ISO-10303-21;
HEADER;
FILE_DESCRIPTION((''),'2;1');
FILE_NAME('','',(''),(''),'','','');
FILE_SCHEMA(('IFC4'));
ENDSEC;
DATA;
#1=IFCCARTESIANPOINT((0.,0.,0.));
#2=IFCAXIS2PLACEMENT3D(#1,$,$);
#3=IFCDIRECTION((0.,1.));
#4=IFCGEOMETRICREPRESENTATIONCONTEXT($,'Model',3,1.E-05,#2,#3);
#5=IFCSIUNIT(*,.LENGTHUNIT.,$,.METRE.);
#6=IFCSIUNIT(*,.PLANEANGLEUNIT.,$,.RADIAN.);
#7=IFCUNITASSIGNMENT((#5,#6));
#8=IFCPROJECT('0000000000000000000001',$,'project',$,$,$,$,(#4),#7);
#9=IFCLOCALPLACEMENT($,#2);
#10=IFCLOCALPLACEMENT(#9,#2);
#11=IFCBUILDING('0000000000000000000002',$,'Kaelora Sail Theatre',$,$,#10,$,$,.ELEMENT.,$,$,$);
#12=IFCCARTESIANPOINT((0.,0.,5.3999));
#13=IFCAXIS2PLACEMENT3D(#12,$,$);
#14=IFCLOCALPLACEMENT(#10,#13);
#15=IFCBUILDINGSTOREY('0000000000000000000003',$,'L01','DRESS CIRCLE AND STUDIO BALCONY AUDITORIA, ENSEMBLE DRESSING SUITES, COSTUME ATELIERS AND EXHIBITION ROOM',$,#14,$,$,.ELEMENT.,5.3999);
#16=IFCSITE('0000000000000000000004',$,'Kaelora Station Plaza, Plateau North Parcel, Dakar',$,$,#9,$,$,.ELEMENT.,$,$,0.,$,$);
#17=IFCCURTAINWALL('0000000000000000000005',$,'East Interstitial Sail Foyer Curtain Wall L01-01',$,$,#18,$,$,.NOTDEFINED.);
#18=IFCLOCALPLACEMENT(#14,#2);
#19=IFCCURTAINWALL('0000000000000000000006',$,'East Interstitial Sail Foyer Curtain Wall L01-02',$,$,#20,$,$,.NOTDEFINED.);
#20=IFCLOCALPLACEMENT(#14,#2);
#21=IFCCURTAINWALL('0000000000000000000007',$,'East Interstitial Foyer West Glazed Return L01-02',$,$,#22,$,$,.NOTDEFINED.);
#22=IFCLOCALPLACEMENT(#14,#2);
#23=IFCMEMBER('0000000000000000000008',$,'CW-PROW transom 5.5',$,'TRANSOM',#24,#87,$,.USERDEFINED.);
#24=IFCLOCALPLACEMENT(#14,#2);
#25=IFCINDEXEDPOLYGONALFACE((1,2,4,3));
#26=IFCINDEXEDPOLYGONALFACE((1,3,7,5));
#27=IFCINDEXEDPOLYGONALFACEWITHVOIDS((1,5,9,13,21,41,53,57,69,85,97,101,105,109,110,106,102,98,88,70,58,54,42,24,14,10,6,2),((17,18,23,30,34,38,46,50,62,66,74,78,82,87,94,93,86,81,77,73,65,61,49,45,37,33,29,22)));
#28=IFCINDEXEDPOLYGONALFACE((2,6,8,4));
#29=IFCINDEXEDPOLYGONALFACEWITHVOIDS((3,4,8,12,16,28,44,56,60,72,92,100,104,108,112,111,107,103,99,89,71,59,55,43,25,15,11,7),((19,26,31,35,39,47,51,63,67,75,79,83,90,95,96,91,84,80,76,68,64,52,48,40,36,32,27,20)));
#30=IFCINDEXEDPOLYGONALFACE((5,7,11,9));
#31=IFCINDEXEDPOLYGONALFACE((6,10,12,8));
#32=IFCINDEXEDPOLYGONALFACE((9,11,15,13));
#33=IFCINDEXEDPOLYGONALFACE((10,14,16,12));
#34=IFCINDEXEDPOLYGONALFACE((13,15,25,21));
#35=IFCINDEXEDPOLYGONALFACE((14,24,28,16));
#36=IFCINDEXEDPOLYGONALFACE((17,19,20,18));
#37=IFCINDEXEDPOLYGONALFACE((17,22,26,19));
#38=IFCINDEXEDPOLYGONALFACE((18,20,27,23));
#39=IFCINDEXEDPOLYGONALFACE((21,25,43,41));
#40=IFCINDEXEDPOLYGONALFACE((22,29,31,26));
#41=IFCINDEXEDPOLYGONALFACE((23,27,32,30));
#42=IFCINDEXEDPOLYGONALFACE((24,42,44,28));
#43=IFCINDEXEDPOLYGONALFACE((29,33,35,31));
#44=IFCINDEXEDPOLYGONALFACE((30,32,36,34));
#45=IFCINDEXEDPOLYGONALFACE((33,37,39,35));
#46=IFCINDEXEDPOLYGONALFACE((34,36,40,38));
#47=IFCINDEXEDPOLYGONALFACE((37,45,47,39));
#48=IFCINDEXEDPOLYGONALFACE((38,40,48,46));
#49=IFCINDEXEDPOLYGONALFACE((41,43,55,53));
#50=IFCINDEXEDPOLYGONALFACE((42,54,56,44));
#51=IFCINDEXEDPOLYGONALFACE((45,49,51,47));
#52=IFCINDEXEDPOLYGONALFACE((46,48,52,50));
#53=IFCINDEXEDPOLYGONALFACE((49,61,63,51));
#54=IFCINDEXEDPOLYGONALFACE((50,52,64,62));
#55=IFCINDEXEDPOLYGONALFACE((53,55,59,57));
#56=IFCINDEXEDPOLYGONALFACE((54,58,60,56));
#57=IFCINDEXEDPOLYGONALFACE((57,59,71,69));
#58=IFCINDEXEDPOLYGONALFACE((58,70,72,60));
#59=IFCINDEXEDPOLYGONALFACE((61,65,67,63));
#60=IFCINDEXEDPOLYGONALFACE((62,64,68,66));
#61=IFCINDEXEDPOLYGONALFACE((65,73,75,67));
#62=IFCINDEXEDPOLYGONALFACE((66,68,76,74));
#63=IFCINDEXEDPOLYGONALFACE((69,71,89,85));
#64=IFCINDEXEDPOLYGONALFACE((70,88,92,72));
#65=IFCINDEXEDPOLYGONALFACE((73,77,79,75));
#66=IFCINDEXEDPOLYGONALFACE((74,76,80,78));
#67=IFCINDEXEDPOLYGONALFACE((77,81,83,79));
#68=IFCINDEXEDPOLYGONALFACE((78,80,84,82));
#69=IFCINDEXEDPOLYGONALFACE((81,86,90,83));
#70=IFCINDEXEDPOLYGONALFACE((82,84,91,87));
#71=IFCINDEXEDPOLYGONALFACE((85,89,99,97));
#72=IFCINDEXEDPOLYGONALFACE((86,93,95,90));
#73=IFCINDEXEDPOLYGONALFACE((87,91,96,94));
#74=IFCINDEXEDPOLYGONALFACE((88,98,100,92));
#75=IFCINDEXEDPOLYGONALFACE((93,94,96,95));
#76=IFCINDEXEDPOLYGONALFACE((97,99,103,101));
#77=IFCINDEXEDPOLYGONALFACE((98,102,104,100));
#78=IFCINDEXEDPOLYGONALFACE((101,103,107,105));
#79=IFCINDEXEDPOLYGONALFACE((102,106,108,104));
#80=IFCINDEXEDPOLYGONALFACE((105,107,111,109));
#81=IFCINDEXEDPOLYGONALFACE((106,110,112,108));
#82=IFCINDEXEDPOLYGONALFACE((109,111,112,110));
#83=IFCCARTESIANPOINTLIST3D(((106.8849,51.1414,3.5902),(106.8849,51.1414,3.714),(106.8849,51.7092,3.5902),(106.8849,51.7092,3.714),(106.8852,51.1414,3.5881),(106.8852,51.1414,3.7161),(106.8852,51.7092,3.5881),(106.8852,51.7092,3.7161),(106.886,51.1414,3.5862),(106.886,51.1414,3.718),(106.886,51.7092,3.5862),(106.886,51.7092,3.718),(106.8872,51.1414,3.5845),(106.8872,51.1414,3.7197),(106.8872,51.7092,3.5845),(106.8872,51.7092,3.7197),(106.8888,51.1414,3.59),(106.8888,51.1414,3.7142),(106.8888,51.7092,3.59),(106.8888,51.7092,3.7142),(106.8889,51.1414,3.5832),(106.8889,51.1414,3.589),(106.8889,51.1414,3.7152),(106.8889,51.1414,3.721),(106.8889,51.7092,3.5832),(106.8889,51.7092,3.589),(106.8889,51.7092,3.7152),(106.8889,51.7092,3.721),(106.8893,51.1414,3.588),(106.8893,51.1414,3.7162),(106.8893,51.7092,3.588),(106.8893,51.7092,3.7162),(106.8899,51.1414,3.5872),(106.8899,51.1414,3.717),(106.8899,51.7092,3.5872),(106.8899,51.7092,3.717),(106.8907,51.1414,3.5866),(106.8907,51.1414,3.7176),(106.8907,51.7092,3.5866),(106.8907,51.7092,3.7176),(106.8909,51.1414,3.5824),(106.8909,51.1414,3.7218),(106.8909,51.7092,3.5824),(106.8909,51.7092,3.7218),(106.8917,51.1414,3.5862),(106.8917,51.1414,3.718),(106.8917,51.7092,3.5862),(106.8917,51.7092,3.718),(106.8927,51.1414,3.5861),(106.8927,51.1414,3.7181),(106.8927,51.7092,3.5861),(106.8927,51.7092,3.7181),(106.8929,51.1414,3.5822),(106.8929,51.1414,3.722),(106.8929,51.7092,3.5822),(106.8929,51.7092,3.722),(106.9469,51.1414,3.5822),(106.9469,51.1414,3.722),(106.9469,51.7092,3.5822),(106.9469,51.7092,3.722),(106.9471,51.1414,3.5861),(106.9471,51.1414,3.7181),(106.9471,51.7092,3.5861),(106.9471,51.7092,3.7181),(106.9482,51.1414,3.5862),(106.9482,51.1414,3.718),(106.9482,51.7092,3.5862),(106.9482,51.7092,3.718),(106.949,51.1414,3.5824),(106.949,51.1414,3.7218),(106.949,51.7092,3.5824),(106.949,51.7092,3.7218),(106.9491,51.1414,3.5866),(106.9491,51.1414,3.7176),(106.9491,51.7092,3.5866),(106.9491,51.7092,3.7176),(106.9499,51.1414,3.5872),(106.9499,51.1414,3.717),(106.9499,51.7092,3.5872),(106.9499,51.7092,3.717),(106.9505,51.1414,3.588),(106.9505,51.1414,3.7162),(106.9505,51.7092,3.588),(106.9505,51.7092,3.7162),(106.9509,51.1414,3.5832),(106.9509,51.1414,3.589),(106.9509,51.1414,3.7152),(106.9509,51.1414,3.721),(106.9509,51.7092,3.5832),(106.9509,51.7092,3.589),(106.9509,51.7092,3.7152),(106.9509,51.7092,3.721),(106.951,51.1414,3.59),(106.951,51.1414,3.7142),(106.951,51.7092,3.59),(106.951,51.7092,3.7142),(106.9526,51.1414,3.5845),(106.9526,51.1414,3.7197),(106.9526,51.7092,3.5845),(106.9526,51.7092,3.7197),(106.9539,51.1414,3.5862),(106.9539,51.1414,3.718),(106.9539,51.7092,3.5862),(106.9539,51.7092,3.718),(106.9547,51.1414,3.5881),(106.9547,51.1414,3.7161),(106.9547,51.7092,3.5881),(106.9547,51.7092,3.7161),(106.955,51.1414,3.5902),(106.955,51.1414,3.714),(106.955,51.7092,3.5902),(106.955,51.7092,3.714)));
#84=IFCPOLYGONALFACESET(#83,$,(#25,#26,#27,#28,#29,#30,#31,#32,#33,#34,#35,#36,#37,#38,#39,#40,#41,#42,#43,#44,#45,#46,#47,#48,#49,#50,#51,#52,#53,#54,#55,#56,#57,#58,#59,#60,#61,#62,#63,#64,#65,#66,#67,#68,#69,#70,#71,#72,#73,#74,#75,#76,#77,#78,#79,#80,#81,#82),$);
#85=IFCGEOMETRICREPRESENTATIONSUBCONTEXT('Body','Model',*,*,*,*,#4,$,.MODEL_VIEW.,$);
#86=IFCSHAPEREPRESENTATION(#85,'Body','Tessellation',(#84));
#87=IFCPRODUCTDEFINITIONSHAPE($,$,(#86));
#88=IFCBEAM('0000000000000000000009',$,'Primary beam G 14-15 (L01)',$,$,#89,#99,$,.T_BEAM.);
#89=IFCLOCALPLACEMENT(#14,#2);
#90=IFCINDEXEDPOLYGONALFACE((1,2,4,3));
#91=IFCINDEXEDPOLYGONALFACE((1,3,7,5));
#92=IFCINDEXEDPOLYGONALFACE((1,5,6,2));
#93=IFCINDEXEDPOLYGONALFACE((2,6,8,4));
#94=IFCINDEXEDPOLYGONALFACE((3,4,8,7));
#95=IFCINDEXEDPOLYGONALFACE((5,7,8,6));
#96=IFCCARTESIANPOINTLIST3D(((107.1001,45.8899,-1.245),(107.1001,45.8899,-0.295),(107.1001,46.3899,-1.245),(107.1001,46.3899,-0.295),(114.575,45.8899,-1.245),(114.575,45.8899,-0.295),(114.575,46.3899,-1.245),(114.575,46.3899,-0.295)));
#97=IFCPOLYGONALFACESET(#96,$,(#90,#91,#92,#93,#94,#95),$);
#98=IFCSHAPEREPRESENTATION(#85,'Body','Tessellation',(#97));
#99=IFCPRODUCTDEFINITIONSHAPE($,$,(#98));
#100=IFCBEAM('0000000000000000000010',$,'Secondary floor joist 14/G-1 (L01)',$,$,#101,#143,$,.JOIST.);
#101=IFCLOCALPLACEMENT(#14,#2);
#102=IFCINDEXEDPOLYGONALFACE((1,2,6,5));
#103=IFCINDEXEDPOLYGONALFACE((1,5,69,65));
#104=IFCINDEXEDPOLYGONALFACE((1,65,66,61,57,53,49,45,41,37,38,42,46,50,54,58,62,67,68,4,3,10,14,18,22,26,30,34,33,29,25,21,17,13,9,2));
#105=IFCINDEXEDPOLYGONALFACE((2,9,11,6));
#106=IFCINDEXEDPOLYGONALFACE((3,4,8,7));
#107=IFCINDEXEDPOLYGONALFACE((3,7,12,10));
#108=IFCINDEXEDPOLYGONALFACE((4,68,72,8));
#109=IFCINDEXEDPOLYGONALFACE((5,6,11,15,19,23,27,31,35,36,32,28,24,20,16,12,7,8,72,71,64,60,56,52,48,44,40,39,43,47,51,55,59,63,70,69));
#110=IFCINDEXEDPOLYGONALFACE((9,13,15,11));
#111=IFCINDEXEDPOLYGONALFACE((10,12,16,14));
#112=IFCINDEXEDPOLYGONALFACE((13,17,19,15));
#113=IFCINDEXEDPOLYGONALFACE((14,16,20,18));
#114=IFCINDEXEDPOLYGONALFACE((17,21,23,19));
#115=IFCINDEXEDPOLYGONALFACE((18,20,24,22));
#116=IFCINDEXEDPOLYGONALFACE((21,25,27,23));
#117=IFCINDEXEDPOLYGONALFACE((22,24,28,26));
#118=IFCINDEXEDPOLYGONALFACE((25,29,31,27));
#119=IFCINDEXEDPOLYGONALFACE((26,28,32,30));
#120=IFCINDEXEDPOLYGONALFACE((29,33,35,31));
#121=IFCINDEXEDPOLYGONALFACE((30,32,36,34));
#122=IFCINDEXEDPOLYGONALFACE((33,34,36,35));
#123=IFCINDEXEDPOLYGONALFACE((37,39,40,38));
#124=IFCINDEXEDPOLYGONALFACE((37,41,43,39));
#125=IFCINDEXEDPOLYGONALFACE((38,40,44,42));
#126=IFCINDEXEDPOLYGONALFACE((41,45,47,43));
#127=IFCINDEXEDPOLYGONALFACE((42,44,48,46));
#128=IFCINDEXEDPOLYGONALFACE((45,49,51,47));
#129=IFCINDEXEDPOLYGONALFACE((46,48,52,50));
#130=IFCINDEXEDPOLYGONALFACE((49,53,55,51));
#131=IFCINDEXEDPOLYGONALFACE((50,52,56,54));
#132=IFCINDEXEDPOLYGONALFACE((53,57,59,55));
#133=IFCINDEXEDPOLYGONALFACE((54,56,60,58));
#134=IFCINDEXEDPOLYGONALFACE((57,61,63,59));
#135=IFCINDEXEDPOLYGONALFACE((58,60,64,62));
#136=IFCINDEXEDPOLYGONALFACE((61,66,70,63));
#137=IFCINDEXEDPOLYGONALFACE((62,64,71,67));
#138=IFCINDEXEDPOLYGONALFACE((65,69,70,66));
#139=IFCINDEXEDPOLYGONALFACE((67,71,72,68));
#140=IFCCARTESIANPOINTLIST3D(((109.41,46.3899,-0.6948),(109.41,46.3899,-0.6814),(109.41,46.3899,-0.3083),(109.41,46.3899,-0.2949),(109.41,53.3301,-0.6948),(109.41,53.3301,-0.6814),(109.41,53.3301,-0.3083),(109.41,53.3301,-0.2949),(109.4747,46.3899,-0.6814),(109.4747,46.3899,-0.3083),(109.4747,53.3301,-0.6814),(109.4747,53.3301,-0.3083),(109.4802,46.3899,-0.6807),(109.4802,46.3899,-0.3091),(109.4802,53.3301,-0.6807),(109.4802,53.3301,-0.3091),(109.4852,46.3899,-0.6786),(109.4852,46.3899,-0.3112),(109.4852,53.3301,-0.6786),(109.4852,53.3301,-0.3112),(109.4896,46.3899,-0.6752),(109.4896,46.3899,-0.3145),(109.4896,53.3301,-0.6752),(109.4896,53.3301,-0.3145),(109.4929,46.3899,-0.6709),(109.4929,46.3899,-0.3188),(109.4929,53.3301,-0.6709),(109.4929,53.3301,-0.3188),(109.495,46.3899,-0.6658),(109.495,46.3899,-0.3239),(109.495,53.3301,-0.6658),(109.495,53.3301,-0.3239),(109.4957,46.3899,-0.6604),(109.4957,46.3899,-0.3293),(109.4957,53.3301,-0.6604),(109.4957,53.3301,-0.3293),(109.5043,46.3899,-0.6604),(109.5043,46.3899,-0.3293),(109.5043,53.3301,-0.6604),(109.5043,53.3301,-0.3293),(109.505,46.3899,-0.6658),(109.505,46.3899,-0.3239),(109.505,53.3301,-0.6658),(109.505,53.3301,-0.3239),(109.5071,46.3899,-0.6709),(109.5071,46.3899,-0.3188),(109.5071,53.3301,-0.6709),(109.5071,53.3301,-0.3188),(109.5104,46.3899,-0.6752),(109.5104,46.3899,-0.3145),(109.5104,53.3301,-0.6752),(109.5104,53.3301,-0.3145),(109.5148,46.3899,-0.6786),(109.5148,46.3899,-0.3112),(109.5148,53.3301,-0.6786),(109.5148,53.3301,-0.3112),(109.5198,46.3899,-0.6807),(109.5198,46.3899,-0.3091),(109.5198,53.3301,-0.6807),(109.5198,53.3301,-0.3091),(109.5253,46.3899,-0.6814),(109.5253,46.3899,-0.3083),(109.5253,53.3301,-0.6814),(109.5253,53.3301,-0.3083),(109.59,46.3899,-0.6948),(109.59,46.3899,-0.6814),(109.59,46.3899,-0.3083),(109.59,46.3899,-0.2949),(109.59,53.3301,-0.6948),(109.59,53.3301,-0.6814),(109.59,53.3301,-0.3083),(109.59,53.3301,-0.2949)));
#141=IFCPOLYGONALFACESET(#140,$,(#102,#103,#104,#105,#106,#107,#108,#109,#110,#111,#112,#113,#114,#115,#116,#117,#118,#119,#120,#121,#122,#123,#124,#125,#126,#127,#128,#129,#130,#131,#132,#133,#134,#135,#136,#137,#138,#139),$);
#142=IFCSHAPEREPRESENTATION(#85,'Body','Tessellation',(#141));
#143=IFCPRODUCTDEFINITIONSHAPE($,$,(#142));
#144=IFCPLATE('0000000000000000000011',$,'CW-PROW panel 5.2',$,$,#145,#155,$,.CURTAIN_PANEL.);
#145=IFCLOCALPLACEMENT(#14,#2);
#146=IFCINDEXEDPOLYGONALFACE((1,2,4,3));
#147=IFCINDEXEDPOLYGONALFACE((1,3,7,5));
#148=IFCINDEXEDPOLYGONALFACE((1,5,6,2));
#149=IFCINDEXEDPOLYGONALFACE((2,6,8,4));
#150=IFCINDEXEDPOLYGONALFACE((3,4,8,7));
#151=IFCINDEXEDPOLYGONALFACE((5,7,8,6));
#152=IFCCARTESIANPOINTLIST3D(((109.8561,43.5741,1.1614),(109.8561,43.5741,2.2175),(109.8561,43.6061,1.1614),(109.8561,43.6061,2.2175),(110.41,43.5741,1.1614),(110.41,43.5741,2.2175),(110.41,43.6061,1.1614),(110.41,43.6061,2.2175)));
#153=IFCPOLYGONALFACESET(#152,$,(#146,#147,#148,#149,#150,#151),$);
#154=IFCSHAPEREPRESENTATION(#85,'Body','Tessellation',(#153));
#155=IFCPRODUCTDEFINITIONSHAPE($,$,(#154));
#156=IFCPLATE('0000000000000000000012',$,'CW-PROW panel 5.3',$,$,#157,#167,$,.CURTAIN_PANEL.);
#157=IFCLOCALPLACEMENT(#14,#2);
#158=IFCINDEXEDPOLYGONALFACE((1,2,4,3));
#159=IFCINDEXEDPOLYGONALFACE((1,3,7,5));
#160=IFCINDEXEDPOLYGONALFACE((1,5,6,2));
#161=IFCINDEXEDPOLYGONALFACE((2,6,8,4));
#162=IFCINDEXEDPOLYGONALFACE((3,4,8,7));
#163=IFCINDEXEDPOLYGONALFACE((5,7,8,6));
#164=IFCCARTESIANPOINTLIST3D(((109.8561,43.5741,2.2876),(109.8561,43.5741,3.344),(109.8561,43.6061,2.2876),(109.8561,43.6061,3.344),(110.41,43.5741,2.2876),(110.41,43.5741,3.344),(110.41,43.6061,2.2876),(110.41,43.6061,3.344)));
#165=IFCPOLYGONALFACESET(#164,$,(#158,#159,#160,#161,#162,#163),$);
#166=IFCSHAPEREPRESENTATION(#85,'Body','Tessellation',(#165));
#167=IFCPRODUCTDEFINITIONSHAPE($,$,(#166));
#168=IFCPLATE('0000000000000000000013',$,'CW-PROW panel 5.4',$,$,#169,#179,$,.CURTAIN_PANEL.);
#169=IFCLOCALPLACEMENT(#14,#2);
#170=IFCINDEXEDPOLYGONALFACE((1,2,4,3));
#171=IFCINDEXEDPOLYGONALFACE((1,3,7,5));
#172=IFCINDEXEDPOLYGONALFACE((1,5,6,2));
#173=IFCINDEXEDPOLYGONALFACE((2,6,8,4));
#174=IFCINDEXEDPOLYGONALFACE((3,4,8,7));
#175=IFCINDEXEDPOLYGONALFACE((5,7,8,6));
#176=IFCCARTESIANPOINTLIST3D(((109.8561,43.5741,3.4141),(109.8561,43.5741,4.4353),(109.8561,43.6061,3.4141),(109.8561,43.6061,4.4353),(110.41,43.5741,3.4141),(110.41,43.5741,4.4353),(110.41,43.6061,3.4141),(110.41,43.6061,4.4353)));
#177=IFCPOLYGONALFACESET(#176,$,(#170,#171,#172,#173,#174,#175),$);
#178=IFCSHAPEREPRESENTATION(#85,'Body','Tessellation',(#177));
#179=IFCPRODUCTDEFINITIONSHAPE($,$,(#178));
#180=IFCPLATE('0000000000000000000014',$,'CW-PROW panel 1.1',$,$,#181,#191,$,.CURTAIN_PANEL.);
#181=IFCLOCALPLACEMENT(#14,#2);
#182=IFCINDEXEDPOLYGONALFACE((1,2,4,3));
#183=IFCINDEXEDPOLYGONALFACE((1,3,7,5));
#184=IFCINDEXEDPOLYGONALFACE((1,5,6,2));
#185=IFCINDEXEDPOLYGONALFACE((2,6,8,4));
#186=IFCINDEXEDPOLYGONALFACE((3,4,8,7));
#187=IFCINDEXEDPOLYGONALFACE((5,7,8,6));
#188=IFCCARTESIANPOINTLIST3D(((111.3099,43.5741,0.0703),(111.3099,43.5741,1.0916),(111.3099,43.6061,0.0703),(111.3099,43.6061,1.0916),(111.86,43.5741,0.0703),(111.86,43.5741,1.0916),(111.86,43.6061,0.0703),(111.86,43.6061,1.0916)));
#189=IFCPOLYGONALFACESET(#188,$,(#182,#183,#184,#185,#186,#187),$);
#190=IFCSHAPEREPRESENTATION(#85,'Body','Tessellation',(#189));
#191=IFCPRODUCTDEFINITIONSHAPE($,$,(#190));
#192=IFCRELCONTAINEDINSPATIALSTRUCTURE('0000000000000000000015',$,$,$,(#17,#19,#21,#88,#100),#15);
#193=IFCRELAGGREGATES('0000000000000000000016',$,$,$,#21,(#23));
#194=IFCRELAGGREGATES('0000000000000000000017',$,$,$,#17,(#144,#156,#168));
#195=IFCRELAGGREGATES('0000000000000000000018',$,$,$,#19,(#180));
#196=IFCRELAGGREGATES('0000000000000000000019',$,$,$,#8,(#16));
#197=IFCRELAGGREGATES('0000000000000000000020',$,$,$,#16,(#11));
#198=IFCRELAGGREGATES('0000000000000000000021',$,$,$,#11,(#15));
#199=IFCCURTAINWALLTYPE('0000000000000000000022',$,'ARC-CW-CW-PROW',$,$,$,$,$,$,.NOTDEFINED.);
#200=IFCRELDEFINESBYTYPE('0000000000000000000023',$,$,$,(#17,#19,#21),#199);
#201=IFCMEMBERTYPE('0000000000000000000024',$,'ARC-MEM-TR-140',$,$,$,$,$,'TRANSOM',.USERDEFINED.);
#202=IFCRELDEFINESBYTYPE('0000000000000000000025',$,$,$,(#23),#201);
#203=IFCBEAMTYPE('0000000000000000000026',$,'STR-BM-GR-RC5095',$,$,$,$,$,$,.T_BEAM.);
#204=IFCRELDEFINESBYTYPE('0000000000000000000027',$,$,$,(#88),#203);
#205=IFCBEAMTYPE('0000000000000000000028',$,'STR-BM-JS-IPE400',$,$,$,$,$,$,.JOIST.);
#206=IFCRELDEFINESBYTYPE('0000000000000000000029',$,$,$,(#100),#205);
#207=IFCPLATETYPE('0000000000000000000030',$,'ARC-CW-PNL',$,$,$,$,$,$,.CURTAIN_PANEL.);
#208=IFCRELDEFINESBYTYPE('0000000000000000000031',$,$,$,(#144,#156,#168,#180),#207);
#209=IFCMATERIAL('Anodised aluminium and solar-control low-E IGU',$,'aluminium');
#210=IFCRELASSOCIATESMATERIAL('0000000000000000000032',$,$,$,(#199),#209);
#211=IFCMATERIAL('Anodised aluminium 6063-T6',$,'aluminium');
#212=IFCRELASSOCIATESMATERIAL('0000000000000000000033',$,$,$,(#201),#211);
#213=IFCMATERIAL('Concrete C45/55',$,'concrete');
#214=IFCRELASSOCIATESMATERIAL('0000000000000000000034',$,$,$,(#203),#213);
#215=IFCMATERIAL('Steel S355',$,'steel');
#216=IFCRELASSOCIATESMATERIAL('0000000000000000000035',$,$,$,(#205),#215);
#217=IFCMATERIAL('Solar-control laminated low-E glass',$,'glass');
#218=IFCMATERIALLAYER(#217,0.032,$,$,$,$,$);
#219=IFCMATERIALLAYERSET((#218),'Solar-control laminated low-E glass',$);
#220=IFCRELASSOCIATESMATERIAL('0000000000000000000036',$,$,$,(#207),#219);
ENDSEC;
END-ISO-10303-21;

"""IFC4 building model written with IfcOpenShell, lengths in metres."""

from ifc_helpers import new_model, si_unit, direction, frame, origin, origin_2d, place, context, subcontext, project, spatial, rectangle, hollow_rectangle, i_section, extrude, material, layer, layer_set, material_profile, profile_set, type_object, element, aggregate, save


model = new_model("IFC4")

# Units and contexts
model_context = context("Model", 3, precision=1e-05, world=origin(), true_north=direction((0.0, 1.0)))
body_context = subcontext(model_context, "Body", "Model", "MODEL_VIEW")
ifc_project = project(units=[si_unit("LENGTHUNIT", "METRE"), si_unit("PLANEANGLEUNIT", "RADIAN")], contexts=[model_context])

# Site, building, storey
site_placement = place(None, origin())
site = spatial("IfcSite", under=ifc_project, at=site_placement, Name="Kaelora Station Plaza, Plateau North Parcel, Dakar", CompositionType="ELEMENT", RefElevation=0.0)
building_placement = place(site_placement, origin())
building = spatial("IfcBuilding", under=site, at=building_placement, Name="Kaelora Sail Theatre", CompositionType="ELEMENT")
storey_placement = place(building_placement, frame((0.0, 0.0, 5.3999)))
storey = spatial("IfcBuildingStorey", under=building, at=storey_placement, Name="L01", Description="DRESS CIRCLE AND STUDIO BALCONY AUDITORIA, ENSEMBLE DRESSING SUITES, COSTUME ATELIERS AND EXHIBITION ROOM", CompositionType="ELEMENT", Elevation=5.3999)

# Curtain wall
ifc_material_1 = material(Name="Anodised aluminium and solar-control low-E IGU", Category="aluminium")
curtain_wall_type = type_object("IfcCurtainWallType", Name="ARC-CW-CW-PROW", PredefinedType="NOTDEFINED", material=ifc_material_1)
curtain_wall_1_placement = place(storey_placement, origin())
curtain_wall_1 = element("IfcCurtainWall", 1, at=curtain_wall_1_placement, inside=storey, type_object=curtain_wall_type, Name="East Interstitial Sail Foyer Curtain Wall L01-01", PredefinedType="NOTDEFINED")

# Curtain walls, member
curtain_wall_2_placement = place(storey_placement, origin())
curtain_wall_2 = element("IfcCurtainWall", 2, at=curtain_wall_2_placement, inside=storey, type_object=curtain_wall_type, Name="East Interstitial Sail Foyer Curtain Wall L01-02", PredefinedType="NOTDEFINED")
ifc_material_2 = material(Name="Anodised aluminium 6063-T6", Category="aluminium")
ifc_material_profile_1 = material_profile(ifc_material_2, hollow_rectangle(XDim=0.0701, YDim=0.1399, WallThickness=0.0039, InnerFilletRadius=0.0039, OuterFilletRadius=0.0081, at=origin_2d()), Name="ALU-TRAN 70x140x4")
ifc_profile_set_1 = profile_set([ifc_material_profile_1], Name="Anodised aluminium 6063-T6")
member_type_1 = type_object("IfcMemberType", Name="ARC-MEM-TR-140", ElementType="TRANSOM", PredefinedType="USERDEFINED", material=ifc_profile_set_1)
curtain_wall_3_placement = place(storey_placement, origin())
curtain_wall_3 = element("IfcCurtainWall", 3, at=curtain_wall_3_placement, inside=storey, type_object=curtain_wall_type, Name="East Interstitial Foyer West Glazed Return L01-02", PredefinedType="NOTDEFINED")
member_1_placement = place(storey_placement, frame((106.9199, 51.1414, 3.6521), z_axis=(0.0, 1.0, 0.0), x_axis=(-1.0, 0.0, 0.0)))
member_1 = element("IfcMember", 4, at=member_1_placement, type_object=member_type_1, Name="CW-PROW transom 5.5", ObjectType="TRANSOM", PredefinedType="USERDEFINED", context=body_context, shape_type="SweptSolid", body=[
    extrude(hollow_rectangle(XDim=0.0701, YDim=0.1399, WallThickness=0.0039, InnerFilletRadius=0.0039, OuterFilletRadius=0.0081, at=origin_2d()), origin(), (0.0, 0.0, 1.0), 0.5679),
])
aggregate(curtain_wall_3, [member_1])

# Beams
ifc_material_3 = material(Name="Concrete C45/55", Category="concrete")
ifc_material_profile_2 = material_profile(ifc_material_3, rectangle(XDim=0.5, YDim=0.95, at=origin_2d()), Name="RC-GRD 500x950")
ifc_profile_set_2 = profile_set([ifc_material_profile_2], Name="Concrete C45/55")
beam_type_1 = type_object("IfcBeamType", Name="STR-BM-GR-RC5095", PredefinedType="T_BEAM", material=ifc_profile_set_2)
beam_1_placement = place(storey_placement, frame((107.1001, 46.1399, -0.77), z_axis=(1.0, 0.0, 0.0), x_axis=(0.0, 1.0, 0.0)))
element("IfcBeam", 5, at=beam_1_placement, inside=storey, type_object=beam_type_1, Name="Primary beam G 14-15 (L01)", PredefinedType="T_BEAM", context=body_context, shape_type="SweptSolid", body=[
    extrude(rectangle(XDim=0.5, YDim=0.95, at=origin_2d()), origin(), (0.0, 0.0, 1.0), 7.4749),
])
ifc_material_4 = material(Name="Steel S355", Category="steel")
ifc_material_profile_3 = material_profile(ifc_material_4, i_section(OverallWidth=0.1799, OverallDepth=0.3999, WebThickness=0.0085, FlangeThickness=0.0134, FilletRadius=0.021, at=origin_2d()), Name="IPE 400")
ifc_profile_set_3 = profile_set([ifc_material_profile_3], Name="Steel S355")
beam_type_2 = type_object("IfcBeamType", Name="STR-BM-JS-IPE400", PredefinedType="JOIST", material=ifc_profile_set_3)
beam_2_placement = place(storey_placement, frame((109.5, 46.3899, -0.4949), z_axis=(0.0, 1.0, 0.0), x_axis=(-1.0, 0.0, 0.0)))
element("IfcBeam", 6, at=beam_2_placement, inside=storey, type_object=beam_type_2, Name="Secondary floor joist 14/G-1 (L01)", PredefinedType="JOIST", context=body_context, shape_type="SweptSolid", body=[
    extrude(i_section(OverallWidth=0.1799, OverallDepth=0.3999, WebThickness=0.0085, FlangeThickness=0.0134, FilletRadius=0.021, at=origin_2d()), origin(), (0.0, 0.0, 1.0), 6.9402),
])

# Plates
ifc_material_5 = material(Name="Solar-control laminated low-E glass", Category="glass")
ifc_layer = layer(ifc_material_5, 0.032)
ifc_layer_set = layer_set([ifc_layer], Name="Solar-control laminated low-E glass")
plate_type = type_object("IfcPlateType", Name="ARC-CW-PNL", PredefinedType="CURTAIN_PANEL", material=ifc_layer_set)
plate_1_placement = place(storey_placement, frame((110.1331, 43.5901, 1.1614), z_axis=(0.0, 0.0, 1.0), x_axis=(1.0, 0.0, 0.0)))
plate_1 = element("IfcPlate", 7, at=plate_1_placement, type_object=plate_type, Name="CW-PROW panel 5.2", PredefinedType="CURTAIN_PANEL", context=body_context, shape_type="SweptSolid", body=[
    extrude(rectangle(XDim=0.554, YDim=0.032, at=origin_2d()), origin(), (0.0, 0.0, 1.0), 1.0562),
])
plate_2_placement = place(storey_placement, frame((110.1331, 43.5901, 2.2876), z_axis=(0.0, 0.0, 1.0), x_axis=(1.0, 0.0, 0.0)))
plate_2 = element("IfcPlate", 8, at=plate_2_placement, type_object=plate_type, Name="CW-PROW panel 5.3", PredefinedType="CURTAIN_PANEL", context=body_context, shape_type="SweptSolid", body=[
    extrude(rectangle(XDim=0.554, YDim=0.032, at=origin_2d()), origin(), (0.0, 0.0, 1.0), 1.0564),
])
plate_3_placement = place(storey_placement, frame((110.1331, 43.5901, 3.4141), z_axis=(0.0, 0.0, 1.0), x_axis=(1.0, 0.0, 0.0)))
plate_3 = element("IfcPlate", 9, at=plate_3_placement, type_object=plate_type, Name="CW-PROW panel 5.4", PredefinedType="CURTAIN_PANEL", context=body_context, shape_type="SweptSolid", body=[
    extrude(rectangle(XDim=0.554, YDim=0.032, at=origin_2d()), origin(), (0.0, 0.0, 1.0), 1.0212),
])
aggregate(curtain_wall_1, [plate_1, plate_2, plate_3])
plate_4_placement = place(storey_placement, frame((111.585, 43.5901, 0.0703), z_axis=(0.0, 0.0, 1.0), x_axis=(1.0, 0.0, 0.0)))
plate_4 = element("IfcPlate", 10, at=plate_4_placement, type_object=plate_type, Name="CW-PROW panel 1.1", PredefinedType="CURTAIN_PANEL", context=body_context, shape_type="SweptSolid", body=[
    extrude(rectangle(XDim=0.55, YDim=0.032, at=origin_2d()), origin(), (0.0, 0.0, 1.0), 1.0212),
])
aggregate(curtain_wall_2, [plate_4])

save(model, "model.ifc")
